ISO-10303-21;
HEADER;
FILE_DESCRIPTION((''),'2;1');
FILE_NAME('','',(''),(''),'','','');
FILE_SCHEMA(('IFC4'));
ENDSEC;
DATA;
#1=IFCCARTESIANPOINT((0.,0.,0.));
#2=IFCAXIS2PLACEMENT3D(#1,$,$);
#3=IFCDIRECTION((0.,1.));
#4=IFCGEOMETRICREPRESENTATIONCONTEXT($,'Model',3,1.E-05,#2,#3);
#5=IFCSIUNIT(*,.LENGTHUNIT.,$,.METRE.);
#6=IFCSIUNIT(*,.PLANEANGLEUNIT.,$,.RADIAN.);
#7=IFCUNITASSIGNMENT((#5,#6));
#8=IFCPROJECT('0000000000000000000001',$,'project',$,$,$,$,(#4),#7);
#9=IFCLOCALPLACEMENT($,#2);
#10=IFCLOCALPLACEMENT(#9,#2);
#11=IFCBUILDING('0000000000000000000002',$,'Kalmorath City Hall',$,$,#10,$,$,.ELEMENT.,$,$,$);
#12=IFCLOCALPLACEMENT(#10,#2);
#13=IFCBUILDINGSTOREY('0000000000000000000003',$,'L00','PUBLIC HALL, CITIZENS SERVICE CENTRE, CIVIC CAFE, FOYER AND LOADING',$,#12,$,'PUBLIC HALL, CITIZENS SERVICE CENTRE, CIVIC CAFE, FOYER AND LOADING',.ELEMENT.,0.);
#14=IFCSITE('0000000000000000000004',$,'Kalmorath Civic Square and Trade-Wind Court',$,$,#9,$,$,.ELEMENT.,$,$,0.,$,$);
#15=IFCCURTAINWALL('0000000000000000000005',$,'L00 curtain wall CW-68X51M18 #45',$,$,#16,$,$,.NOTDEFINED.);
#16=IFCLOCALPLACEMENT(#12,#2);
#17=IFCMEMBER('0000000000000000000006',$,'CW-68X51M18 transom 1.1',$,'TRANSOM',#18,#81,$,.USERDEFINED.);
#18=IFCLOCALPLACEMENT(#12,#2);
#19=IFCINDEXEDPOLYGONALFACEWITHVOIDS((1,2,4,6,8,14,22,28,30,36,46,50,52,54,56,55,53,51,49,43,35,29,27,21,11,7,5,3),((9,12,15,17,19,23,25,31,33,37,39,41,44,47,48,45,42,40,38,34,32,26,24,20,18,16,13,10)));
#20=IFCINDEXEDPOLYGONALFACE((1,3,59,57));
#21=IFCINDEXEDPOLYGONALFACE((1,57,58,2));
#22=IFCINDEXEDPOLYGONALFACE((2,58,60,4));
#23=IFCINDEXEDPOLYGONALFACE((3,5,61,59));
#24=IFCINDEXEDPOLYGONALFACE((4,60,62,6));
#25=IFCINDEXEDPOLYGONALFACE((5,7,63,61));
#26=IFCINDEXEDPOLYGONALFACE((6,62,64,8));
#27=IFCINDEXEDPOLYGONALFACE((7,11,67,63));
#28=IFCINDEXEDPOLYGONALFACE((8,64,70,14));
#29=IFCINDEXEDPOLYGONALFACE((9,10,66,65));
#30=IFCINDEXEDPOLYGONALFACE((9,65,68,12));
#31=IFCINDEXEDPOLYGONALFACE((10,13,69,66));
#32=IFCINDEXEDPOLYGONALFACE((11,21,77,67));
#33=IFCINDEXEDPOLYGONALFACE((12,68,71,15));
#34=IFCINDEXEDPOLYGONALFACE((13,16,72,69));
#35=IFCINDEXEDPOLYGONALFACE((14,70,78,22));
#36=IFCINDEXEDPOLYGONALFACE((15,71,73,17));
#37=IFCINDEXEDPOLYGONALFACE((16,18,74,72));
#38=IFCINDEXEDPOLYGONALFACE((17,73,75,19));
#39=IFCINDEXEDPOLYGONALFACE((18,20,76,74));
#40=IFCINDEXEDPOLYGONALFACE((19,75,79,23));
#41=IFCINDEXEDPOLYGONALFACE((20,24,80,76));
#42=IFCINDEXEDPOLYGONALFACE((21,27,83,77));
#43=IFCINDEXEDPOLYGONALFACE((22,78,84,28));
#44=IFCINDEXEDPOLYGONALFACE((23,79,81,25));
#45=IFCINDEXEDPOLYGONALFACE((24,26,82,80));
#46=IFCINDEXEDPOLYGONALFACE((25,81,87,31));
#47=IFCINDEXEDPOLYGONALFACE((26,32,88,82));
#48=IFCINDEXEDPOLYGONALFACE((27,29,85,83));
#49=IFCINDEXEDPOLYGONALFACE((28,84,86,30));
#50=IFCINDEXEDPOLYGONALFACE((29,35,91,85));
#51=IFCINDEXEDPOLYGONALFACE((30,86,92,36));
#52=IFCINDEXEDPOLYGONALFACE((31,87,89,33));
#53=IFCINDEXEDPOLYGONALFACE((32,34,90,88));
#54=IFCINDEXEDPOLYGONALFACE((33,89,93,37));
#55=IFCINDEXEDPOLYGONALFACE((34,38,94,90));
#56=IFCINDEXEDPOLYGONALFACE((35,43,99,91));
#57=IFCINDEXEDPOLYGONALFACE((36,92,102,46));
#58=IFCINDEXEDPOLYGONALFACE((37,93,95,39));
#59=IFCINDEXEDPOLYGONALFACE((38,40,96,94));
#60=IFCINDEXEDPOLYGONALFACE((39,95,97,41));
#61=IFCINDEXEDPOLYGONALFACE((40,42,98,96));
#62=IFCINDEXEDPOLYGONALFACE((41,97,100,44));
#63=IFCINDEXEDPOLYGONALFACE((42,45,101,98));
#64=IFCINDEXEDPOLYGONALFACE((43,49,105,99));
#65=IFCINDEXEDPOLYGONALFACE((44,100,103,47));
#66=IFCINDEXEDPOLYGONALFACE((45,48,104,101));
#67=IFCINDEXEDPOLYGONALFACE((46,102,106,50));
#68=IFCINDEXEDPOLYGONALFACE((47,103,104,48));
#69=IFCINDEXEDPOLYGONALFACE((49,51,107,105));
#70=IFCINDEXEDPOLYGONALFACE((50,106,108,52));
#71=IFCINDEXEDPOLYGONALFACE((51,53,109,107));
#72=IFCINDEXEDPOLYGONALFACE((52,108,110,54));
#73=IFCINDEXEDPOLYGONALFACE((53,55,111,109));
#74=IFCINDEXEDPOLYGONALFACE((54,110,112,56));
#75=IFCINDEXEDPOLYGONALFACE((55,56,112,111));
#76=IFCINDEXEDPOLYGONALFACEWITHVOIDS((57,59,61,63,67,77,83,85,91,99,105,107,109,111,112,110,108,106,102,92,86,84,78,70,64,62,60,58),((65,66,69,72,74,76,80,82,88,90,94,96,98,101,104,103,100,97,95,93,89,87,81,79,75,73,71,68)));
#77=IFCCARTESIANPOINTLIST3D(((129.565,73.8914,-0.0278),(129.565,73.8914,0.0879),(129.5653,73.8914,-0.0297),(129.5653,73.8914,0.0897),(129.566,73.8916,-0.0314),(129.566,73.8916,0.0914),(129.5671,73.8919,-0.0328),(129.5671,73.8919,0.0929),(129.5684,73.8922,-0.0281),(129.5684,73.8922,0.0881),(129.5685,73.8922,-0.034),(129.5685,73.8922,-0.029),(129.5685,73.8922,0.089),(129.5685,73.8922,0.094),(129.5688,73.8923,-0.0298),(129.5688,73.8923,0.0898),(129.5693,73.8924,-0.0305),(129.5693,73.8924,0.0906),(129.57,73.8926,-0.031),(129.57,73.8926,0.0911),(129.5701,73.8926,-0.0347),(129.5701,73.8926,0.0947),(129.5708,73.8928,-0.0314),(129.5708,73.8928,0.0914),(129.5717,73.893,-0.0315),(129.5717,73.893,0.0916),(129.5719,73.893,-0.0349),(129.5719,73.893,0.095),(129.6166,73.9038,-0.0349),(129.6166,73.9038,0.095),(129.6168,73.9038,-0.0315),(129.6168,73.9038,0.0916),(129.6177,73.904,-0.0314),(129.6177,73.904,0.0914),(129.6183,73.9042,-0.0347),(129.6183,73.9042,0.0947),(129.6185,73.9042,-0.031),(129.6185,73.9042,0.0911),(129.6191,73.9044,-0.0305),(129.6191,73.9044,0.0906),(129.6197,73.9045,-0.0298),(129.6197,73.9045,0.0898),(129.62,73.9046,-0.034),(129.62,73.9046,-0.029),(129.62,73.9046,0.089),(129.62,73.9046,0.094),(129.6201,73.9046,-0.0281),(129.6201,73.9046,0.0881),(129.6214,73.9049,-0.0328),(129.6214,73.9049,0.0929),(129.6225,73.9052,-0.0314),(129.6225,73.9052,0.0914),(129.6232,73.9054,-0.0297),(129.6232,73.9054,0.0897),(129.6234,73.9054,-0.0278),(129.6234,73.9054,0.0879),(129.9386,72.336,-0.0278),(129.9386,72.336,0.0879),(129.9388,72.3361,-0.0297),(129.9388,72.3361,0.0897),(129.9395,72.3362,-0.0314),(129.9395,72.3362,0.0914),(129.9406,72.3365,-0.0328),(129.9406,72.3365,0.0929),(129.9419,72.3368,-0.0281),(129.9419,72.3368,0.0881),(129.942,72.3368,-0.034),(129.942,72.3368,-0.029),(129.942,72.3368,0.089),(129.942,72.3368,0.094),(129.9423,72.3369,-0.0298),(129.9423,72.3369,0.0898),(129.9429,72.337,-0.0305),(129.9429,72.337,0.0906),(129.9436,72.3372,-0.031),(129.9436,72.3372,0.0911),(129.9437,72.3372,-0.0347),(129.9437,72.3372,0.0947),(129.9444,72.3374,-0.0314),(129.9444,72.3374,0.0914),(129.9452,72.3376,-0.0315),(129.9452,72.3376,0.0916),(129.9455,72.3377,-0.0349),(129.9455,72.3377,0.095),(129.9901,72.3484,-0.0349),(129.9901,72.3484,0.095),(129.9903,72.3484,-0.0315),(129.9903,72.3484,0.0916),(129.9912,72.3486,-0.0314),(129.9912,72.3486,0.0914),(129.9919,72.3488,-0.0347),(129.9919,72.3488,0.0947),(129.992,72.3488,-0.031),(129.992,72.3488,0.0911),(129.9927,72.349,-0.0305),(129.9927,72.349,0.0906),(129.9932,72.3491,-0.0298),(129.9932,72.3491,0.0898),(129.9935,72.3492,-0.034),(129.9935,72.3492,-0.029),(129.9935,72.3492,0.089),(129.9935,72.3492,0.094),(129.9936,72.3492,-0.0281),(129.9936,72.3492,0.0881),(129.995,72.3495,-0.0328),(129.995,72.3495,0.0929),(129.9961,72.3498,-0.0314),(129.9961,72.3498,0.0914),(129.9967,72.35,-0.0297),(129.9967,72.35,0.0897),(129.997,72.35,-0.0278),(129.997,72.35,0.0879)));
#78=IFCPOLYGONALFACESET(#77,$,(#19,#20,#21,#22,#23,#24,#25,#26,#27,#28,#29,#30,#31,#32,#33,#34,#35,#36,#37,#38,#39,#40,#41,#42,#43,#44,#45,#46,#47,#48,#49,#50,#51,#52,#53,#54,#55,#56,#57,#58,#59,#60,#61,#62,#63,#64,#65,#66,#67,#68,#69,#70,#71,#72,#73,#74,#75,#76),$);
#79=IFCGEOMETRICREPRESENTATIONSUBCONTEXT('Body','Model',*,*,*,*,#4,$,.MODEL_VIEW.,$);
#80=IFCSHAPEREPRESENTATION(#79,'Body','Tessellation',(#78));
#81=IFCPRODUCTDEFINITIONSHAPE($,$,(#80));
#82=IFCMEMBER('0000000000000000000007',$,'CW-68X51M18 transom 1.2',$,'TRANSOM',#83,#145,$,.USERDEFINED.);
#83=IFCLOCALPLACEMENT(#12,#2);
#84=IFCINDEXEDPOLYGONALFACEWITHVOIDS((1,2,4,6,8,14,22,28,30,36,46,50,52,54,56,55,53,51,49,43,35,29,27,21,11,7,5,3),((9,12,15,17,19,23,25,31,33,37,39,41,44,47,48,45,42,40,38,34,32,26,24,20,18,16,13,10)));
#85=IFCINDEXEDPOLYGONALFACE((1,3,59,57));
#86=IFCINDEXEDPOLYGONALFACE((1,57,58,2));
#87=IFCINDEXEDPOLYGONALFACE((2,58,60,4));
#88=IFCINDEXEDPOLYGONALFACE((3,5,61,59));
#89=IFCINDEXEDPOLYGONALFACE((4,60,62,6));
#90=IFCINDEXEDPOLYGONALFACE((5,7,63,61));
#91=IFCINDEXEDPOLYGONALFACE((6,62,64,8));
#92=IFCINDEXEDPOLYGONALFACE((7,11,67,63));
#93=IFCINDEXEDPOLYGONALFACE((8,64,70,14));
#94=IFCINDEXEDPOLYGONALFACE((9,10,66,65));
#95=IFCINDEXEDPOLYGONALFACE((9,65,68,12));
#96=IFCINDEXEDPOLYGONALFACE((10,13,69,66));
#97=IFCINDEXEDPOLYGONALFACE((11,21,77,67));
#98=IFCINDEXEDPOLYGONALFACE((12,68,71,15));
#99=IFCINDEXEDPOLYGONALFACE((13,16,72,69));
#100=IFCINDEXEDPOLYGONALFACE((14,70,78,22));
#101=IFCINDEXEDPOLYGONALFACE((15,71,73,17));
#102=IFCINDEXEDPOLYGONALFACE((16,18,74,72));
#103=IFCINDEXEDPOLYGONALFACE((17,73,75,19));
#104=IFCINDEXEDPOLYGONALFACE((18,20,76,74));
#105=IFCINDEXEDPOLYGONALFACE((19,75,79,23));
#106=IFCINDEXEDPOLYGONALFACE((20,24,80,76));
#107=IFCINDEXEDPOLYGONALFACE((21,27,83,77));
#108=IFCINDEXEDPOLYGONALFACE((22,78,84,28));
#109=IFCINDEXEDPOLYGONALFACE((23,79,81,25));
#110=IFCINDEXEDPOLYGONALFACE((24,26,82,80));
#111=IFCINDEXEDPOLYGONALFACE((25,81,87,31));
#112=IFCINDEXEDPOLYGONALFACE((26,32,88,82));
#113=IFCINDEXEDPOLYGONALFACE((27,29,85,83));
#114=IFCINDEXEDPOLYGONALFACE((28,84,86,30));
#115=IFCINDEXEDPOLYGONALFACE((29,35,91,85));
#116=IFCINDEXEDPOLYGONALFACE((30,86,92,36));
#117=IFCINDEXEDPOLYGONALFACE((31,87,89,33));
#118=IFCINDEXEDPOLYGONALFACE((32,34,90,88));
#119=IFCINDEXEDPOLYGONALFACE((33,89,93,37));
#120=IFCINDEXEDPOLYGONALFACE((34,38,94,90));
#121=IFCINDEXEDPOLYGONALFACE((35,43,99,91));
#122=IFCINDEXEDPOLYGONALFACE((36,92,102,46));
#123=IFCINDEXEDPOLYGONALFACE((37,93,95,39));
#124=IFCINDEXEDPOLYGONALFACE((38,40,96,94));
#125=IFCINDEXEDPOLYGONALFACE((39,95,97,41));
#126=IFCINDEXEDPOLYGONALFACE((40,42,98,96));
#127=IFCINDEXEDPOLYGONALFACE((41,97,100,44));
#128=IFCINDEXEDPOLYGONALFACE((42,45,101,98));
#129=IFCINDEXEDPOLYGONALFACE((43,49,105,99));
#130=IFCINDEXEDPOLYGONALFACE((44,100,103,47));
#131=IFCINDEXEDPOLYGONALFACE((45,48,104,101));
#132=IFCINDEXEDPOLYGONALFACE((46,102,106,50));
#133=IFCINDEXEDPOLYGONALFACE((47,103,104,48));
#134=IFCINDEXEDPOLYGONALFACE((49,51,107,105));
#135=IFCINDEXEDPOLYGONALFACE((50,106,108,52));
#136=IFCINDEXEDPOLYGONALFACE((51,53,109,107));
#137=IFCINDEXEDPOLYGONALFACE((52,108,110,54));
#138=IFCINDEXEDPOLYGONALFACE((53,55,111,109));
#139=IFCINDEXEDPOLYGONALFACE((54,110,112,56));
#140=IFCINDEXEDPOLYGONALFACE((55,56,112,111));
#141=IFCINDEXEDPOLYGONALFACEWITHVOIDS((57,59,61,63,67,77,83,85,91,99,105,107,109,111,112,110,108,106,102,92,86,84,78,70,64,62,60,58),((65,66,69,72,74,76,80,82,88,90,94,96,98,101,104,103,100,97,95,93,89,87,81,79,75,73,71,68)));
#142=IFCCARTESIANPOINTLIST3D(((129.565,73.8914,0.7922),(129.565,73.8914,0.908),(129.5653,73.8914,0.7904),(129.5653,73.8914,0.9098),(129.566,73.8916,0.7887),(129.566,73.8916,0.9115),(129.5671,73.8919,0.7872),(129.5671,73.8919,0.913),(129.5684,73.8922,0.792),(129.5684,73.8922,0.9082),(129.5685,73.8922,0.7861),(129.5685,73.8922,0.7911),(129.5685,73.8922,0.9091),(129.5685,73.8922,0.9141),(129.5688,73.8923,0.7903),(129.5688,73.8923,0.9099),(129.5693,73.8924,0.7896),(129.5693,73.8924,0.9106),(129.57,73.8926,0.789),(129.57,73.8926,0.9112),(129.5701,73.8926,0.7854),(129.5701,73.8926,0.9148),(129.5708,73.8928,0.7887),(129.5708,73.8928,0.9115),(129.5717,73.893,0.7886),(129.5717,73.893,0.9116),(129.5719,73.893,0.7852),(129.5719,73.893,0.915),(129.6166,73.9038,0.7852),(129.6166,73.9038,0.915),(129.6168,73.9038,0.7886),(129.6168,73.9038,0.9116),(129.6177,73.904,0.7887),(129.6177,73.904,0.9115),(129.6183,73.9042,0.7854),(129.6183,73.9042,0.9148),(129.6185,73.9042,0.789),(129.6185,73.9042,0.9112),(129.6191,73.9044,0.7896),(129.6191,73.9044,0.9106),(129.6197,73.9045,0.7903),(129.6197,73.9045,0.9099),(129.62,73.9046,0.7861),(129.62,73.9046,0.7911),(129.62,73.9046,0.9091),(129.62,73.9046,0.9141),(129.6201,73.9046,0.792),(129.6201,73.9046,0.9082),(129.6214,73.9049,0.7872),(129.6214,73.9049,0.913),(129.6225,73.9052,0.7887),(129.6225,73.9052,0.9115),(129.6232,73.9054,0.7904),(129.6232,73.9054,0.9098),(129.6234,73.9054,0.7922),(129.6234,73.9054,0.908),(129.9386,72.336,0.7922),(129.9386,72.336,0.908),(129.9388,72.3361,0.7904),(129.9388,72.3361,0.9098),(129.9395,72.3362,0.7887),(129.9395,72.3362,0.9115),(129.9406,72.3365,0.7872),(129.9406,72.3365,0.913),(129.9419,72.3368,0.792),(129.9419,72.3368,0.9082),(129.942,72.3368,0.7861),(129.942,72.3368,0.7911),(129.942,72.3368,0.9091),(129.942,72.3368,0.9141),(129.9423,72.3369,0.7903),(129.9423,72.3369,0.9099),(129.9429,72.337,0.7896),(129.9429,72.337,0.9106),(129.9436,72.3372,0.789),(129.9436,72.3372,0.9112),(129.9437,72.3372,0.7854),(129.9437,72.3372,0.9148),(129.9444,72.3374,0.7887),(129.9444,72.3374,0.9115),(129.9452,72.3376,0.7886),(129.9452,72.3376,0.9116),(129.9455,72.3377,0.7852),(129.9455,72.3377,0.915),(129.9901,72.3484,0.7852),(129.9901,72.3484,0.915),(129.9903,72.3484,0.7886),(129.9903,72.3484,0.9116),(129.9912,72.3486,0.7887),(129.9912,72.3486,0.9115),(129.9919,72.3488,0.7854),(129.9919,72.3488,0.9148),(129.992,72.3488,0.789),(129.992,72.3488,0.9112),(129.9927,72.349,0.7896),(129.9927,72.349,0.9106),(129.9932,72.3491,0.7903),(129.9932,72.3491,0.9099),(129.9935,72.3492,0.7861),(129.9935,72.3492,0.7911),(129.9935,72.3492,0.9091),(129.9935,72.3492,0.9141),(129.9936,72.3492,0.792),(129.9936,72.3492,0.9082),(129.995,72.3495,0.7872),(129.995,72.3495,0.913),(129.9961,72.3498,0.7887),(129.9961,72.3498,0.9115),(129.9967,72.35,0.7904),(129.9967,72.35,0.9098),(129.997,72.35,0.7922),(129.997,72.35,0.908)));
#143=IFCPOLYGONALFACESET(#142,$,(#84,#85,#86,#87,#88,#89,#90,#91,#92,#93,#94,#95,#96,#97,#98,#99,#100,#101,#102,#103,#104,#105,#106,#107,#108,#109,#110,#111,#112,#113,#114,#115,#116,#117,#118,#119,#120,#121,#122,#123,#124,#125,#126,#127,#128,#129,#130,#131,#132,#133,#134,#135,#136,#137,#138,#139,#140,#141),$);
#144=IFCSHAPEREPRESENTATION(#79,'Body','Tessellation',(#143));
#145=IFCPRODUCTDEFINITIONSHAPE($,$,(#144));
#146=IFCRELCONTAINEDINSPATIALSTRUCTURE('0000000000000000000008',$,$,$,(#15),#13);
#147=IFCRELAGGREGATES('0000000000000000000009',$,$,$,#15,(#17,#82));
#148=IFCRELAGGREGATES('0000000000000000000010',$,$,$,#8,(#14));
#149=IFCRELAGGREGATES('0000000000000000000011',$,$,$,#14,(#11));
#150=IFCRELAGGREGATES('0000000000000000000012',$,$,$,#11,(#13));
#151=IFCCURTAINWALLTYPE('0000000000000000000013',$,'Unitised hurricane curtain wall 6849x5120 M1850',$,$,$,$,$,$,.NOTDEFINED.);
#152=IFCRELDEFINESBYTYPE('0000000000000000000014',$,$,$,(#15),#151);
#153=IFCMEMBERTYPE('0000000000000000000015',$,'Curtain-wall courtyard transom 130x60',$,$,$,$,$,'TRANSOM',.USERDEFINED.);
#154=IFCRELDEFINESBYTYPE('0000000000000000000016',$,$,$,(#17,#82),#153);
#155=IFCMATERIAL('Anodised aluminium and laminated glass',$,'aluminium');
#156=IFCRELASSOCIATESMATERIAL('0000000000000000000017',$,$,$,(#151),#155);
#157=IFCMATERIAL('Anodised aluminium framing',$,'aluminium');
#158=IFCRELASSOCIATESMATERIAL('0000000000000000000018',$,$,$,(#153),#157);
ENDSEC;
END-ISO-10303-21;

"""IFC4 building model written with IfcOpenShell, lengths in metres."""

from ifc_helpers import new_model, si_unit, direction, frame, origin, origin_2d, place, context, subcontext, project, spatial, hollow_rectangle, extrude, material, material_profile, profile_set, type_object, element, aggregate, save


model = new_model("IFC4")

# Units and contexts
model_context = context("Model", 3, precision=1e-05, world=origin(), true_north=direction((0.0, 1.0)))
body_context = subcontext(model_context, "Body", "Model", "MODEL_VIEW")
ifc_project = project(units=[si_unit("LENGTHUNIT", "METRE"), si_unit("PLANEANGLEUNIT", "RADIAN")], contexts=[model_context])

# Site, building, storey
site_placement = place(None, origin())
site = spatial("IfcSite", under=ifc_project, at=site_placement, Name="Kalmorath Civic Square and Trade-Wind Court", CompositionType="ELEMENT", RefElevation=0.0)
building_placement = place(site_placement, origin())
building = spatial("IfcBuilding", under=site, at=building_placement, Name="Kalmorath City Hall", CompositionType="ELEMENT")
storey_placement = place(building_placement, origin())
storey = spatial("IfcBuildingStorey", under=building, at=storey_placement, Name="L00", Description="PUBLIC HALL, CITIZENS SERVICE CENTRE, CIVIC CAFE, FOYER AND LOADING", LongName="PUBLIC HALL, CITIZENS SERVICE CENTRE, CIVIC CAFE, FOYER AND LOADING", CompositionType="ELEMENT", Elevation=0.0)

# Curtain wall, members
ifc_material_1 = material(Name="Anodised aluminium and laminated glass", Category="aluminium")
curtain_wall_type = type_object("IfcCurtainWallType", Name="Unitised hurricane curtain wall 6849x5120 M1850", PredefinedType="NOTDEFINED", material=ifc_material_1)
ifc_material_2 = material(Name="Anodised aluminium framing", Category="aluminium")
ifc_material_profile_1 = material_profile(ifc_material_2, hollow_rectangle(XDim=0.0601, YDim=0.1299, WallThickness=0.0034, InnerFilletRadius=0.0034, OuterFilletRadius=0.0071, at=origin_2d()), Name="ALU-TRN-130X60X3.5")
ifc_profile_set_1 = profile_set([ifc_material_profile_1], Name="Anodised aluminium framing")
member_type_1 = type_object("IfcMemberType", Name="Curtain-wall courtyard transom 130x60", ElementType="TRANSOM", PredefinedType="USERDEFINED", material=ifc_profile_set_1)
curtain_wall_1_placement = place(storey_placement, origin())
curtain_wall_1 = element("IfcCurtainWall", 1, at=curtain_wall_1_placement, inside=storey, type_object=curtain_wall_type, Name="L00 curtain wall CW-68X51M18 #45", PredefinedType="NOTDEFINED")
member_1_placement = place(storey_placement, frame((129.9678, 72.343, 0.03), z_axis=(-0.233511, 0.972354, 0.0), x_axis=(-0.972354, -0.233511, 0.0)))
member_1 = element("IfcMember", 2, at=member_1_placement, type_object=member_type_1, Name="CW-68X51M18 transom 1.1", ObjectType="TRANSOM", PredefinedType="USERDEFINED", context=body_context, shape_type="SweptSolid", body=[
    extrude(hollow_rectangle(XDim=0.0601, YDim=0.1299, WallThickness=0.0034, InnerFilletRadius=0.0034, OuterFilletRadius=0.0071, at=origin_2d()), origin(), (0.0, 0.0, 1.0), 1.5996),
])
member_2_placement = place(storey_placement, frame((129.9678, 72.343, 0.8501), z_axis=(-0.233511, 0.972354, 0.0), x_axis=(-0.972354, -0.233511, 0.0)))
member_2 = element("IfcMember", 3, at=member_2_placement, type_object=member_type_1, Name="CW-68X51M18 transom 1.2", ObjectType="TRANSOM", PredefinedType="USERDEFINED", context=body_context, shape_type="SweptSolid", body=[
    extrude(hollow_rectangle(XDim=0.0601, YDim=0.1299, WallThickness=0.0034, InnerFilletRadius=0.0034, OuterFilletRadius=0.0071, at=origin_2d()), origin(), (0.0, 0.0, 1.0), 1.5996),
])

aggregate(curtain_wall_1, [member_1, member_2])

save(model, "model.ifc")
